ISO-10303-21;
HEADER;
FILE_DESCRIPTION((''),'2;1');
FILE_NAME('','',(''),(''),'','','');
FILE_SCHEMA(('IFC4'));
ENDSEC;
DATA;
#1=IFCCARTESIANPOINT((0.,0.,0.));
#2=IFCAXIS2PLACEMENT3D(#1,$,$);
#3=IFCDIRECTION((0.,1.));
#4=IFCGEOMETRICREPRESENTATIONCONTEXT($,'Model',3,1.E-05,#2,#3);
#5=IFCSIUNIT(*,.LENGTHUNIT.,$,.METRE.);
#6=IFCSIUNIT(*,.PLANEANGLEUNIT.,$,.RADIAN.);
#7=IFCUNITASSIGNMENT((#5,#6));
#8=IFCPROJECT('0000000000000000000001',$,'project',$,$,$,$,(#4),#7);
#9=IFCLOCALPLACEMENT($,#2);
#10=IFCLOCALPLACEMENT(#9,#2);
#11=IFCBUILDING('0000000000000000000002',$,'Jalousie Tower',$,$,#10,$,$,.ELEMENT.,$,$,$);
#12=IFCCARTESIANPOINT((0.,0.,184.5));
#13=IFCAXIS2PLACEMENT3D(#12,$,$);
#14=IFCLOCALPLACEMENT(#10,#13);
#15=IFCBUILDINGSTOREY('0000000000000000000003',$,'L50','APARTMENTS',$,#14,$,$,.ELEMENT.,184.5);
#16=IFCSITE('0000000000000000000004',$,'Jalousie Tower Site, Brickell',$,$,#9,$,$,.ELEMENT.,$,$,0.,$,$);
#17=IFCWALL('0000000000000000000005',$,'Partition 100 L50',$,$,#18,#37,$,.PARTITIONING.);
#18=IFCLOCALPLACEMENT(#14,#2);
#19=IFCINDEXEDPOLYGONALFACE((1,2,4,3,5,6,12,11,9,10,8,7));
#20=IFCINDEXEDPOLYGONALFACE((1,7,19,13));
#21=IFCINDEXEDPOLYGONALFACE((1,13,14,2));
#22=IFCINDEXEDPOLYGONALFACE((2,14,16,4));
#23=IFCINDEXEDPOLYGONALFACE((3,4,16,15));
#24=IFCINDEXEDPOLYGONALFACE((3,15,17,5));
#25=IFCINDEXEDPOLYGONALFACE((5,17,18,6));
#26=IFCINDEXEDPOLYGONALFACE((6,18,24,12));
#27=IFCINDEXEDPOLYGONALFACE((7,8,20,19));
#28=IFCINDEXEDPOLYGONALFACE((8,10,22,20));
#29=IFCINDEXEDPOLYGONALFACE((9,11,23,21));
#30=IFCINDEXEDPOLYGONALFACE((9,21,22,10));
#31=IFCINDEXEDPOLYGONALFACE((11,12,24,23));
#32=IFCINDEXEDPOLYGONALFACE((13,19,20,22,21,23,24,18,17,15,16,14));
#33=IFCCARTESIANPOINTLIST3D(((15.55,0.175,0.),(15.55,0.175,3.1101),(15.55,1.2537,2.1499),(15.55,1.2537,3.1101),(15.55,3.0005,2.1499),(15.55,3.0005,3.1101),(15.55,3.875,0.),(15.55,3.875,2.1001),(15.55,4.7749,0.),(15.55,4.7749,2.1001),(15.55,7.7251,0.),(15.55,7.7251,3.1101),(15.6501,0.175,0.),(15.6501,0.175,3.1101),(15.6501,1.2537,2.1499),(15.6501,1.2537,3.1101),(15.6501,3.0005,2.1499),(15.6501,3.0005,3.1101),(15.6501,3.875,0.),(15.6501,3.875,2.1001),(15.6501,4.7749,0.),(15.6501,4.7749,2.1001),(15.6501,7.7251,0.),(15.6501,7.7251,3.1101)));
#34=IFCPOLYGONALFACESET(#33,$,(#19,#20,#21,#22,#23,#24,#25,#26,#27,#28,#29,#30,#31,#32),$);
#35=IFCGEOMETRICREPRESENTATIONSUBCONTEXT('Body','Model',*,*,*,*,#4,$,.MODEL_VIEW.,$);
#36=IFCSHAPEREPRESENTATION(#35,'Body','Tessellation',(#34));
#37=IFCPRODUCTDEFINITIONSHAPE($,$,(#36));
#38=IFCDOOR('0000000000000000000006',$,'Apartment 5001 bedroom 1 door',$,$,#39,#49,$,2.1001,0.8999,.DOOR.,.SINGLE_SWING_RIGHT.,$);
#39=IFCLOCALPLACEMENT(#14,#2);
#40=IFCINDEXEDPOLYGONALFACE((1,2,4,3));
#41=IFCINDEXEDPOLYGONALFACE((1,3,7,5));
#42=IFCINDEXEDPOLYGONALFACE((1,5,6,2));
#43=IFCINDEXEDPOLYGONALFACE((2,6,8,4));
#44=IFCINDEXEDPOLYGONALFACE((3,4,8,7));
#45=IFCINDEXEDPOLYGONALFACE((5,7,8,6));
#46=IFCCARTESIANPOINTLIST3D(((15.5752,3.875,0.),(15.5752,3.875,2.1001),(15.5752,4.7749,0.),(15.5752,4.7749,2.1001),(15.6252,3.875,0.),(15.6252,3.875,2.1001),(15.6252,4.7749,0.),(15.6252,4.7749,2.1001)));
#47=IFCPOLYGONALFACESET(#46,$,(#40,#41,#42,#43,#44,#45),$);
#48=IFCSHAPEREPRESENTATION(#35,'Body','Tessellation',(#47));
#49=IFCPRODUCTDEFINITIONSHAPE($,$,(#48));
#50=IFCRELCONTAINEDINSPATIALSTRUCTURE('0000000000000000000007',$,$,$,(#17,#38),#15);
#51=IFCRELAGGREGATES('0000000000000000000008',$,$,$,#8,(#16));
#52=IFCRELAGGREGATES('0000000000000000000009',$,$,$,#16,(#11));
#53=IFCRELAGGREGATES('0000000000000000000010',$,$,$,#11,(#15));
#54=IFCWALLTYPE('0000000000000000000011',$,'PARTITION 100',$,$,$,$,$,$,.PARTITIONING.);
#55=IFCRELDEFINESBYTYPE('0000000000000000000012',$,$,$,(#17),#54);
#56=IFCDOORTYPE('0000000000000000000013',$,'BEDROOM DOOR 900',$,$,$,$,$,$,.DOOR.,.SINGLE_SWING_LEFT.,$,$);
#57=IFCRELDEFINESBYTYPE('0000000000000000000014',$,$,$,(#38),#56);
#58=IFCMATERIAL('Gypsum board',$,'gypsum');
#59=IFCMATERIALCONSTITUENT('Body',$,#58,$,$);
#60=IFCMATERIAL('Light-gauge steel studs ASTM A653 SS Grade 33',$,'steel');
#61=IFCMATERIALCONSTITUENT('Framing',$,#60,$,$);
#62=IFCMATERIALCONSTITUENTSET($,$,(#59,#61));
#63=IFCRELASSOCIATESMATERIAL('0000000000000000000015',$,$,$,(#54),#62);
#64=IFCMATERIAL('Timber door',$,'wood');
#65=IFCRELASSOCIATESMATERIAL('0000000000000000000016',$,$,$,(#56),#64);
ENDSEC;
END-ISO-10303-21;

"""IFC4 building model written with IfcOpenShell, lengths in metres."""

from ifc_helpers import new_model, si_unit, direction, frame, frame_2d, origin, place, context, subcontext, project, spatial, polyline, rectangle, outline, extrude, material, constituent, constituent_set, type_object, element, fill, save


model = new_model("IFC4")

# Units and contexts
model_context = context("Model", 3, precision=1e-05, world=origin(), true_north=direction((0.0, 1.0)))
body_context = subcontext(model_context, "Body", "Model", "MODEL_VIEW")
ifc_project = project(units=[si_unit("LENGTHUNIT", "METRE"), si_unit("PLANEANGLEUNIT", "RADIAN")], contexts=[model_context])

# Site, building, storey
site_placement = place(None, origin())
site = spatial("IfcSite", under=ifc_project, at=site_placement, Name="Jalousie Tower Site, Brickell", CompositionType="ELEMENT", RefElevation=0.0)
building_placement = place(site_placement, origin())
building = spatial("IfcBuilding", under=site, at=building_placement, Name="Jalousie Tower", CompositionType="ELEMENT")
storey_placement = place(building_placement, frame((0.0, 0.0, 184.5)))
storey = spatial("IfcBuildingStorey", under=building, at=storey_placement, Name="L50", Description="APARTMENTS", CompositionType="ELEMENT", Elevation=184.5)

# Wall, opening, door
ifc_material_1 = material(Name="Gypsum board", Category="gypsum")
ifc_constituent_1 = constituent(ifc_material_1, Name="Body")
ifc_material_2 = material(Name="Light-gauge steel studs ASTM A653 SS Grade 33", Category="steel")
ifc_constituent_2 = constituent(ifc_material_2, Name="Framing")
ifc_constituent_set_1 = constituent_set(constituents=[ifc_constituent_1, ifc_constituent_2])
wall_type_1 = type_object("IfcWallType", Name="PARTITION 100", PredefinedType="PARTITIONING", material=ifc_constituent_set_1)
wall_1_placement = place(storey_placement, frame((15.6001, 0.175, 0.0), z_axis=(0.0, 0.0, 1.0), x_axis=(0.0, 1.0, 0.0)))
wall_1 = element("IfcWall", 1, at=wall_1_placement, inside=storey, type_object=wall_type_1, Name="Partition 100 L50", PredefinedType="PARTITIONING", context=body_context, shape_type="SweptSolid", body=[
    extrude(outline(polyline([(0.0, 0.0), (7.55, 0.0), (7.55, 3.1101), (2.8254, 3.1101), (2.8254, 2.1499), (1.0786, 2.1499), (1.0786, 3.1101), (0.0, 3.1101), (0.0, 0.0)])), frame((0.0, 0.05, 0.0), z_axis=(0.0, -1.0, 0.0), x_axis=(1.0, 0.0, 0.0)), (0.0, 0.0, 1.0), 0.1001),
])
opening_1_placement = place(wall_1_placement, frame((3.7, 0.0, 0.0)))
opening_1 = element("IfcOpeningElement", 2, at=opening_1_placement, cuts=wall_1, PredefinedType="OPENING", context=body_context, shape_type="SweptSolid", body=[
    extrude(rectangle(XDim=0.8999, YDim=2.1001, at=frame_2d((0.45, 1.05))), frame((0.0, 0.0601, 0.0), z_axis=(0.0, -1.0, 0.0), x_axis=(1.0, 0.0, 0.0)), (0.0, 0.0, 1.0), 0.1201),
])
ifc_material_3 = material(Name="Timber door", Category="wood")
door_type_1 = type_object("IfcDoorType", Name="BEDROOM DOOR 900", OperationType="SINGLE_SWING_LEFT", PredefinedType="DOOR", material=ifc_material_3)
door_1_placement = place(opening_1_placement, origin())
door_1 = element("IfcDoor", 3, at=door_1_placement, inside=storey, type_object=door_type_1, Name="Apartment 5001 bedroom 1 door", OperationType="SINGLE_SWING_RIGHT", OverallHeight=2.1001, OverallWidth=0.8999, PredefinedType="DOOR", context=body_context, shape_type="SweptSolid", body=[
    extrude(rectangle(XDim=0.8999, YDim=2.1001, at=frame_2d((0.45, 1.05))), frame((0.0, 0.0249, 0.0), z_axis=(0.0, -1.0, 0.0), x_axis=(1.0, 0.0, 0.0)), (0.0, 0.0, 1.0), 0.05),
])
fill(opening_1, door_1)

save(model, "model.ifc")
